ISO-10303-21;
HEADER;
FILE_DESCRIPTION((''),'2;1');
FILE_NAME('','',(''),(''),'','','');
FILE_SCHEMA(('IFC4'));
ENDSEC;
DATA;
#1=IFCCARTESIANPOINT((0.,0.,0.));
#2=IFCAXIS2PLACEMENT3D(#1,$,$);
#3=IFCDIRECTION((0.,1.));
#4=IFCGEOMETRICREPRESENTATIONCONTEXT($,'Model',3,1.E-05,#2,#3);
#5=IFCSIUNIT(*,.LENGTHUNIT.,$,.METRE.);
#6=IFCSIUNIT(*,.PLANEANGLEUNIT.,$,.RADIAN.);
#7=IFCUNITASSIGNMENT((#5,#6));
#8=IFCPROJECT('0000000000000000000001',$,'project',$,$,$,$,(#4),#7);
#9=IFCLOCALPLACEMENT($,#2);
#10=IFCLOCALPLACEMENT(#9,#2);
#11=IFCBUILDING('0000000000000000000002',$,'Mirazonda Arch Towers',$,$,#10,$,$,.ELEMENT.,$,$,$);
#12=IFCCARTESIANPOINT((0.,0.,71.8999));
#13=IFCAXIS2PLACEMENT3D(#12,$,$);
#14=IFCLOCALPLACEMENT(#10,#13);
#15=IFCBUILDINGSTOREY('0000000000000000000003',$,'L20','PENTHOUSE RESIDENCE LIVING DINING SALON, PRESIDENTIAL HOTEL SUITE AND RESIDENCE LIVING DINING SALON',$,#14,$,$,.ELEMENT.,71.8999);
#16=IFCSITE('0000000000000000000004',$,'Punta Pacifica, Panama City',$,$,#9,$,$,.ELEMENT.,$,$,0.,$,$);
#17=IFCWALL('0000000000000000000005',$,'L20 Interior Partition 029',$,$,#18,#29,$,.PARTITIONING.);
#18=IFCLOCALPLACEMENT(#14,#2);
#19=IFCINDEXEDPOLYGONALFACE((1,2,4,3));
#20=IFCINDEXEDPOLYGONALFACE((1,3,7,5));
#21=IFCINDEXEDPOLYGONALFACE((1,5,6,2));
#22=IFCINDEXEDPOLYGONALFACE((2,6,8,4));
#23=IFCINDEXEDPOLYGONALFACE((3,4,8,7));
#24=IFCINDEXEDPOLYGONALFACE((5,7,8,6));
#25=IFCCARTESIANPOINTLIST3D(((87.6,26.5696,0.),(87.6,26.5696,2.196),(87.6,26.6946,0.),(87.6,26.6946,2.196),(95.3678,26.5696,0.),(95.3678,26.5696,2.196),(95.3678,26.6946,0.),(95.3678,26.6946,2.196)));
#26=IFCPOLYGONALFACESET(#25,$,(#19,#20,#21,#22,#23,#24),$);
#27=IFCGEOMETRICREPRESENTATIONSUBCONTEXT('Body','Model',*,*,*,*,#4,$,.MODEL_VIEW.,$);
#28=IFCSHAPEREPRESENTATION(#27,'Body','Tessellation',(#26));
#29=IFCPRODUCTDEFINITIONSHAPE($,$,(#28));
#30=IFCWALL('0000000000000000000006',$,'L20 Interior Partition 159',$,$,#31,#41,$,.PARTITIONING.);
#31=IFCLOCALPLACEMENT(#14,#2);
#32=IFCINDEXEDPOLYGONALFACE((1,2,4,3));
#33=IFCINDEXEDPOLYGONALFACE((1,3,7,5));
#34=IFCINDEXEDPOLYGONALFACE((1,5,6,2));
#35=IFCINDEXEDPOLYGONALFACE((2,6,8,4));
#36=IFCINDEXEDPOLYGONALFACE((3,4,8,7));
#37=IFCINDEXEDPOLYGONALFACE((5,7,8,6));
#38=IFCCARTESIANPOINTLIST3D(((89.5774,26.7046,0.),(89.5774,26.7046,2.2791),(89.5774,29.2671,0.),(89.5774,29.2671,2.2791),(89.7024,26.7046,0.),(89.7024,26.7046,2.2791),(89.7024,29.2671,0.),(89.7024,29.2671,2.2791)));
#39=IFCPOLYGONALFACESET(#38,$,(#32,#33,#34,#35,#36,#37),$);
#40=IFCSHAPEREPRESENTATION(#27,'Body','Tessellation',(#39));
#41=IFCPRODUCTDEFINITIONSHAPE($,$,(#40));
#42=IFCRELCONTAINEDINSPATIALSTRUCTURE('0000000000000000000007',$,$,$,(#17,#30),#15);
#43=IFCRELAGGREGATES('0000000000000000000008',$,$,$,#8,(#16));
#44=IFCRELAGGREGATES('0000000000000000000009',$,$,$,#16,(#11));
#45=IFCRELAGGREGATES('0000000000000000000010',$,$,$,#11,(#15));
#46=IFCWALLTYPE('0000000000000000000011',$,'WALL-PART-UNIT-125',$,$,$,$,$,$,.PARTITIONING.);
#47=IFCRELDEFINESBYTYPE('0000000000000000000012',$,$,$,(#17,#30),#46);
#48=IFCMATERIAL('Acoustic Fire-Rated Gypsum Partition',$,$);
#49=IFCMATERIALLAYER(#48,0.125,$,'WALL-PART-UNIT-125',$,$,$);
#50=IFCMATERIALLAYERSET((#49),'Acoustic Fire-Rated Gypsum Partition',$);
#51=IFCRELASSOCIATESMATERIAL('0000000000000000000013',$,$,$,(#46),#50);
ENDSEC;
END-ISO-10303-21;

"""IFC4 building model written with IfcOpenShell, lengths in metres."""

from ifc_helpers import new_model, si_unit, direction, frame, frame_2d, origin, place, context, subcontext, project, spatial, rectangle, extrude, material, layer, layer_set, type_object, element, save


model = new_model("IFC4")

# Units and contexts
model_context = context("Model", 3, precision=1e-05, world=origin(), true_north=direction((0.0, 1.0)))
body_context = subcontext(model_context, "Body", "Model", "MODEL_VIEW")
ifc_project = project(units=[si_unit("LENGTHUNIT", "METRE"), si_unit("PLANEANGLEUNIT", "RADIAN")], contexts=[model_context])

# Site, building, storey
site_placement = place(None, origin())
site = spatial("IfcSite", under=ifc_project, at=site_placement, Name="Punta Pacifica, Panama City", CompositionType="ELEMENT", RefElevation=0.0)
building_placement = place(site_placement, origin())
building = spatial("IfcBuilding", under=site, at=building_placement, Name="Mirazonda Arch Towers", CompositionType="ELEMENT")
storey_placement = place(building_placement, frame((0.0, 0.0, 71.8999)))
storey = spatial("IfcBuildingStorey", under=building, at=storey_placement, Name="L20", Description="PENTHOUSE RESIDENCE LIVING DINING SALON, PRESIDENTIAL HOTEL SUITE AND RESIDENCE LIVING DINING SALON", CompositionType="ELEMENT", Elevation=71.8999)

# Walls
ifc_material_1 = material(Name="Acoustic Fire-Rated Gypsum Partition")
ifc_layer_1 = layer(ifc_material_1, 0.125, Name="WALL-PART-UNIT-125")
ifc_layer_set_1 = layer_set([ifc_layer_1], Name="Acoustic Fire-Rated Gypsum Partition")
wall_type_1 = type_object("IfcWallType", Name="WALL-PART-UNIT-125", PredefinedType="PARTITIONING", material=ifc_layer_set_1)
wall_1_placement = place(storey_placement, frame((87.6001, 26.6321, 0.0), z_axis=(0.0, 0.0, 1.0), x_axis=(1.0, 0.0, 0.0)))
element("IfcWall", 1, at=wall_1_placement, inside=storey, type_object=wall_type_1, Name="L20 Interior Partition 029", PredefinedType="PARTITIONING", context=body_context, shape_type="SweptSolid", body=[
    extrude(rectangle(XDim=7.7678, YDim=0.125, at=frame_2d((3.8838, 0.0))), origin(), (0.0, 0.0, 1.0), 2.196),
])
wall_2_placement = place(storey_placement, frame((89.6399, 26.7046, 0.0), z_axis=(0.0, 0.0, 1.0), x_axis=(0.0, 1.0, 0.0)))
element("IfcWall", 2, at=wall_2_placement, inside=storey, type_object=wall_type_1, Name="L20 Interior Partition 159", PredefinedType="PARTITIONING", context=body_context, shape_type="SweptSolid", body=[
    extrude(rectangle(XDim=2.5625, YDim=0.125, at=frame_2d((1.2812, 0.0))), origin(), (0.0, 0.0, 1.0), 2.2791),
])

save(model, "model.ifc")
